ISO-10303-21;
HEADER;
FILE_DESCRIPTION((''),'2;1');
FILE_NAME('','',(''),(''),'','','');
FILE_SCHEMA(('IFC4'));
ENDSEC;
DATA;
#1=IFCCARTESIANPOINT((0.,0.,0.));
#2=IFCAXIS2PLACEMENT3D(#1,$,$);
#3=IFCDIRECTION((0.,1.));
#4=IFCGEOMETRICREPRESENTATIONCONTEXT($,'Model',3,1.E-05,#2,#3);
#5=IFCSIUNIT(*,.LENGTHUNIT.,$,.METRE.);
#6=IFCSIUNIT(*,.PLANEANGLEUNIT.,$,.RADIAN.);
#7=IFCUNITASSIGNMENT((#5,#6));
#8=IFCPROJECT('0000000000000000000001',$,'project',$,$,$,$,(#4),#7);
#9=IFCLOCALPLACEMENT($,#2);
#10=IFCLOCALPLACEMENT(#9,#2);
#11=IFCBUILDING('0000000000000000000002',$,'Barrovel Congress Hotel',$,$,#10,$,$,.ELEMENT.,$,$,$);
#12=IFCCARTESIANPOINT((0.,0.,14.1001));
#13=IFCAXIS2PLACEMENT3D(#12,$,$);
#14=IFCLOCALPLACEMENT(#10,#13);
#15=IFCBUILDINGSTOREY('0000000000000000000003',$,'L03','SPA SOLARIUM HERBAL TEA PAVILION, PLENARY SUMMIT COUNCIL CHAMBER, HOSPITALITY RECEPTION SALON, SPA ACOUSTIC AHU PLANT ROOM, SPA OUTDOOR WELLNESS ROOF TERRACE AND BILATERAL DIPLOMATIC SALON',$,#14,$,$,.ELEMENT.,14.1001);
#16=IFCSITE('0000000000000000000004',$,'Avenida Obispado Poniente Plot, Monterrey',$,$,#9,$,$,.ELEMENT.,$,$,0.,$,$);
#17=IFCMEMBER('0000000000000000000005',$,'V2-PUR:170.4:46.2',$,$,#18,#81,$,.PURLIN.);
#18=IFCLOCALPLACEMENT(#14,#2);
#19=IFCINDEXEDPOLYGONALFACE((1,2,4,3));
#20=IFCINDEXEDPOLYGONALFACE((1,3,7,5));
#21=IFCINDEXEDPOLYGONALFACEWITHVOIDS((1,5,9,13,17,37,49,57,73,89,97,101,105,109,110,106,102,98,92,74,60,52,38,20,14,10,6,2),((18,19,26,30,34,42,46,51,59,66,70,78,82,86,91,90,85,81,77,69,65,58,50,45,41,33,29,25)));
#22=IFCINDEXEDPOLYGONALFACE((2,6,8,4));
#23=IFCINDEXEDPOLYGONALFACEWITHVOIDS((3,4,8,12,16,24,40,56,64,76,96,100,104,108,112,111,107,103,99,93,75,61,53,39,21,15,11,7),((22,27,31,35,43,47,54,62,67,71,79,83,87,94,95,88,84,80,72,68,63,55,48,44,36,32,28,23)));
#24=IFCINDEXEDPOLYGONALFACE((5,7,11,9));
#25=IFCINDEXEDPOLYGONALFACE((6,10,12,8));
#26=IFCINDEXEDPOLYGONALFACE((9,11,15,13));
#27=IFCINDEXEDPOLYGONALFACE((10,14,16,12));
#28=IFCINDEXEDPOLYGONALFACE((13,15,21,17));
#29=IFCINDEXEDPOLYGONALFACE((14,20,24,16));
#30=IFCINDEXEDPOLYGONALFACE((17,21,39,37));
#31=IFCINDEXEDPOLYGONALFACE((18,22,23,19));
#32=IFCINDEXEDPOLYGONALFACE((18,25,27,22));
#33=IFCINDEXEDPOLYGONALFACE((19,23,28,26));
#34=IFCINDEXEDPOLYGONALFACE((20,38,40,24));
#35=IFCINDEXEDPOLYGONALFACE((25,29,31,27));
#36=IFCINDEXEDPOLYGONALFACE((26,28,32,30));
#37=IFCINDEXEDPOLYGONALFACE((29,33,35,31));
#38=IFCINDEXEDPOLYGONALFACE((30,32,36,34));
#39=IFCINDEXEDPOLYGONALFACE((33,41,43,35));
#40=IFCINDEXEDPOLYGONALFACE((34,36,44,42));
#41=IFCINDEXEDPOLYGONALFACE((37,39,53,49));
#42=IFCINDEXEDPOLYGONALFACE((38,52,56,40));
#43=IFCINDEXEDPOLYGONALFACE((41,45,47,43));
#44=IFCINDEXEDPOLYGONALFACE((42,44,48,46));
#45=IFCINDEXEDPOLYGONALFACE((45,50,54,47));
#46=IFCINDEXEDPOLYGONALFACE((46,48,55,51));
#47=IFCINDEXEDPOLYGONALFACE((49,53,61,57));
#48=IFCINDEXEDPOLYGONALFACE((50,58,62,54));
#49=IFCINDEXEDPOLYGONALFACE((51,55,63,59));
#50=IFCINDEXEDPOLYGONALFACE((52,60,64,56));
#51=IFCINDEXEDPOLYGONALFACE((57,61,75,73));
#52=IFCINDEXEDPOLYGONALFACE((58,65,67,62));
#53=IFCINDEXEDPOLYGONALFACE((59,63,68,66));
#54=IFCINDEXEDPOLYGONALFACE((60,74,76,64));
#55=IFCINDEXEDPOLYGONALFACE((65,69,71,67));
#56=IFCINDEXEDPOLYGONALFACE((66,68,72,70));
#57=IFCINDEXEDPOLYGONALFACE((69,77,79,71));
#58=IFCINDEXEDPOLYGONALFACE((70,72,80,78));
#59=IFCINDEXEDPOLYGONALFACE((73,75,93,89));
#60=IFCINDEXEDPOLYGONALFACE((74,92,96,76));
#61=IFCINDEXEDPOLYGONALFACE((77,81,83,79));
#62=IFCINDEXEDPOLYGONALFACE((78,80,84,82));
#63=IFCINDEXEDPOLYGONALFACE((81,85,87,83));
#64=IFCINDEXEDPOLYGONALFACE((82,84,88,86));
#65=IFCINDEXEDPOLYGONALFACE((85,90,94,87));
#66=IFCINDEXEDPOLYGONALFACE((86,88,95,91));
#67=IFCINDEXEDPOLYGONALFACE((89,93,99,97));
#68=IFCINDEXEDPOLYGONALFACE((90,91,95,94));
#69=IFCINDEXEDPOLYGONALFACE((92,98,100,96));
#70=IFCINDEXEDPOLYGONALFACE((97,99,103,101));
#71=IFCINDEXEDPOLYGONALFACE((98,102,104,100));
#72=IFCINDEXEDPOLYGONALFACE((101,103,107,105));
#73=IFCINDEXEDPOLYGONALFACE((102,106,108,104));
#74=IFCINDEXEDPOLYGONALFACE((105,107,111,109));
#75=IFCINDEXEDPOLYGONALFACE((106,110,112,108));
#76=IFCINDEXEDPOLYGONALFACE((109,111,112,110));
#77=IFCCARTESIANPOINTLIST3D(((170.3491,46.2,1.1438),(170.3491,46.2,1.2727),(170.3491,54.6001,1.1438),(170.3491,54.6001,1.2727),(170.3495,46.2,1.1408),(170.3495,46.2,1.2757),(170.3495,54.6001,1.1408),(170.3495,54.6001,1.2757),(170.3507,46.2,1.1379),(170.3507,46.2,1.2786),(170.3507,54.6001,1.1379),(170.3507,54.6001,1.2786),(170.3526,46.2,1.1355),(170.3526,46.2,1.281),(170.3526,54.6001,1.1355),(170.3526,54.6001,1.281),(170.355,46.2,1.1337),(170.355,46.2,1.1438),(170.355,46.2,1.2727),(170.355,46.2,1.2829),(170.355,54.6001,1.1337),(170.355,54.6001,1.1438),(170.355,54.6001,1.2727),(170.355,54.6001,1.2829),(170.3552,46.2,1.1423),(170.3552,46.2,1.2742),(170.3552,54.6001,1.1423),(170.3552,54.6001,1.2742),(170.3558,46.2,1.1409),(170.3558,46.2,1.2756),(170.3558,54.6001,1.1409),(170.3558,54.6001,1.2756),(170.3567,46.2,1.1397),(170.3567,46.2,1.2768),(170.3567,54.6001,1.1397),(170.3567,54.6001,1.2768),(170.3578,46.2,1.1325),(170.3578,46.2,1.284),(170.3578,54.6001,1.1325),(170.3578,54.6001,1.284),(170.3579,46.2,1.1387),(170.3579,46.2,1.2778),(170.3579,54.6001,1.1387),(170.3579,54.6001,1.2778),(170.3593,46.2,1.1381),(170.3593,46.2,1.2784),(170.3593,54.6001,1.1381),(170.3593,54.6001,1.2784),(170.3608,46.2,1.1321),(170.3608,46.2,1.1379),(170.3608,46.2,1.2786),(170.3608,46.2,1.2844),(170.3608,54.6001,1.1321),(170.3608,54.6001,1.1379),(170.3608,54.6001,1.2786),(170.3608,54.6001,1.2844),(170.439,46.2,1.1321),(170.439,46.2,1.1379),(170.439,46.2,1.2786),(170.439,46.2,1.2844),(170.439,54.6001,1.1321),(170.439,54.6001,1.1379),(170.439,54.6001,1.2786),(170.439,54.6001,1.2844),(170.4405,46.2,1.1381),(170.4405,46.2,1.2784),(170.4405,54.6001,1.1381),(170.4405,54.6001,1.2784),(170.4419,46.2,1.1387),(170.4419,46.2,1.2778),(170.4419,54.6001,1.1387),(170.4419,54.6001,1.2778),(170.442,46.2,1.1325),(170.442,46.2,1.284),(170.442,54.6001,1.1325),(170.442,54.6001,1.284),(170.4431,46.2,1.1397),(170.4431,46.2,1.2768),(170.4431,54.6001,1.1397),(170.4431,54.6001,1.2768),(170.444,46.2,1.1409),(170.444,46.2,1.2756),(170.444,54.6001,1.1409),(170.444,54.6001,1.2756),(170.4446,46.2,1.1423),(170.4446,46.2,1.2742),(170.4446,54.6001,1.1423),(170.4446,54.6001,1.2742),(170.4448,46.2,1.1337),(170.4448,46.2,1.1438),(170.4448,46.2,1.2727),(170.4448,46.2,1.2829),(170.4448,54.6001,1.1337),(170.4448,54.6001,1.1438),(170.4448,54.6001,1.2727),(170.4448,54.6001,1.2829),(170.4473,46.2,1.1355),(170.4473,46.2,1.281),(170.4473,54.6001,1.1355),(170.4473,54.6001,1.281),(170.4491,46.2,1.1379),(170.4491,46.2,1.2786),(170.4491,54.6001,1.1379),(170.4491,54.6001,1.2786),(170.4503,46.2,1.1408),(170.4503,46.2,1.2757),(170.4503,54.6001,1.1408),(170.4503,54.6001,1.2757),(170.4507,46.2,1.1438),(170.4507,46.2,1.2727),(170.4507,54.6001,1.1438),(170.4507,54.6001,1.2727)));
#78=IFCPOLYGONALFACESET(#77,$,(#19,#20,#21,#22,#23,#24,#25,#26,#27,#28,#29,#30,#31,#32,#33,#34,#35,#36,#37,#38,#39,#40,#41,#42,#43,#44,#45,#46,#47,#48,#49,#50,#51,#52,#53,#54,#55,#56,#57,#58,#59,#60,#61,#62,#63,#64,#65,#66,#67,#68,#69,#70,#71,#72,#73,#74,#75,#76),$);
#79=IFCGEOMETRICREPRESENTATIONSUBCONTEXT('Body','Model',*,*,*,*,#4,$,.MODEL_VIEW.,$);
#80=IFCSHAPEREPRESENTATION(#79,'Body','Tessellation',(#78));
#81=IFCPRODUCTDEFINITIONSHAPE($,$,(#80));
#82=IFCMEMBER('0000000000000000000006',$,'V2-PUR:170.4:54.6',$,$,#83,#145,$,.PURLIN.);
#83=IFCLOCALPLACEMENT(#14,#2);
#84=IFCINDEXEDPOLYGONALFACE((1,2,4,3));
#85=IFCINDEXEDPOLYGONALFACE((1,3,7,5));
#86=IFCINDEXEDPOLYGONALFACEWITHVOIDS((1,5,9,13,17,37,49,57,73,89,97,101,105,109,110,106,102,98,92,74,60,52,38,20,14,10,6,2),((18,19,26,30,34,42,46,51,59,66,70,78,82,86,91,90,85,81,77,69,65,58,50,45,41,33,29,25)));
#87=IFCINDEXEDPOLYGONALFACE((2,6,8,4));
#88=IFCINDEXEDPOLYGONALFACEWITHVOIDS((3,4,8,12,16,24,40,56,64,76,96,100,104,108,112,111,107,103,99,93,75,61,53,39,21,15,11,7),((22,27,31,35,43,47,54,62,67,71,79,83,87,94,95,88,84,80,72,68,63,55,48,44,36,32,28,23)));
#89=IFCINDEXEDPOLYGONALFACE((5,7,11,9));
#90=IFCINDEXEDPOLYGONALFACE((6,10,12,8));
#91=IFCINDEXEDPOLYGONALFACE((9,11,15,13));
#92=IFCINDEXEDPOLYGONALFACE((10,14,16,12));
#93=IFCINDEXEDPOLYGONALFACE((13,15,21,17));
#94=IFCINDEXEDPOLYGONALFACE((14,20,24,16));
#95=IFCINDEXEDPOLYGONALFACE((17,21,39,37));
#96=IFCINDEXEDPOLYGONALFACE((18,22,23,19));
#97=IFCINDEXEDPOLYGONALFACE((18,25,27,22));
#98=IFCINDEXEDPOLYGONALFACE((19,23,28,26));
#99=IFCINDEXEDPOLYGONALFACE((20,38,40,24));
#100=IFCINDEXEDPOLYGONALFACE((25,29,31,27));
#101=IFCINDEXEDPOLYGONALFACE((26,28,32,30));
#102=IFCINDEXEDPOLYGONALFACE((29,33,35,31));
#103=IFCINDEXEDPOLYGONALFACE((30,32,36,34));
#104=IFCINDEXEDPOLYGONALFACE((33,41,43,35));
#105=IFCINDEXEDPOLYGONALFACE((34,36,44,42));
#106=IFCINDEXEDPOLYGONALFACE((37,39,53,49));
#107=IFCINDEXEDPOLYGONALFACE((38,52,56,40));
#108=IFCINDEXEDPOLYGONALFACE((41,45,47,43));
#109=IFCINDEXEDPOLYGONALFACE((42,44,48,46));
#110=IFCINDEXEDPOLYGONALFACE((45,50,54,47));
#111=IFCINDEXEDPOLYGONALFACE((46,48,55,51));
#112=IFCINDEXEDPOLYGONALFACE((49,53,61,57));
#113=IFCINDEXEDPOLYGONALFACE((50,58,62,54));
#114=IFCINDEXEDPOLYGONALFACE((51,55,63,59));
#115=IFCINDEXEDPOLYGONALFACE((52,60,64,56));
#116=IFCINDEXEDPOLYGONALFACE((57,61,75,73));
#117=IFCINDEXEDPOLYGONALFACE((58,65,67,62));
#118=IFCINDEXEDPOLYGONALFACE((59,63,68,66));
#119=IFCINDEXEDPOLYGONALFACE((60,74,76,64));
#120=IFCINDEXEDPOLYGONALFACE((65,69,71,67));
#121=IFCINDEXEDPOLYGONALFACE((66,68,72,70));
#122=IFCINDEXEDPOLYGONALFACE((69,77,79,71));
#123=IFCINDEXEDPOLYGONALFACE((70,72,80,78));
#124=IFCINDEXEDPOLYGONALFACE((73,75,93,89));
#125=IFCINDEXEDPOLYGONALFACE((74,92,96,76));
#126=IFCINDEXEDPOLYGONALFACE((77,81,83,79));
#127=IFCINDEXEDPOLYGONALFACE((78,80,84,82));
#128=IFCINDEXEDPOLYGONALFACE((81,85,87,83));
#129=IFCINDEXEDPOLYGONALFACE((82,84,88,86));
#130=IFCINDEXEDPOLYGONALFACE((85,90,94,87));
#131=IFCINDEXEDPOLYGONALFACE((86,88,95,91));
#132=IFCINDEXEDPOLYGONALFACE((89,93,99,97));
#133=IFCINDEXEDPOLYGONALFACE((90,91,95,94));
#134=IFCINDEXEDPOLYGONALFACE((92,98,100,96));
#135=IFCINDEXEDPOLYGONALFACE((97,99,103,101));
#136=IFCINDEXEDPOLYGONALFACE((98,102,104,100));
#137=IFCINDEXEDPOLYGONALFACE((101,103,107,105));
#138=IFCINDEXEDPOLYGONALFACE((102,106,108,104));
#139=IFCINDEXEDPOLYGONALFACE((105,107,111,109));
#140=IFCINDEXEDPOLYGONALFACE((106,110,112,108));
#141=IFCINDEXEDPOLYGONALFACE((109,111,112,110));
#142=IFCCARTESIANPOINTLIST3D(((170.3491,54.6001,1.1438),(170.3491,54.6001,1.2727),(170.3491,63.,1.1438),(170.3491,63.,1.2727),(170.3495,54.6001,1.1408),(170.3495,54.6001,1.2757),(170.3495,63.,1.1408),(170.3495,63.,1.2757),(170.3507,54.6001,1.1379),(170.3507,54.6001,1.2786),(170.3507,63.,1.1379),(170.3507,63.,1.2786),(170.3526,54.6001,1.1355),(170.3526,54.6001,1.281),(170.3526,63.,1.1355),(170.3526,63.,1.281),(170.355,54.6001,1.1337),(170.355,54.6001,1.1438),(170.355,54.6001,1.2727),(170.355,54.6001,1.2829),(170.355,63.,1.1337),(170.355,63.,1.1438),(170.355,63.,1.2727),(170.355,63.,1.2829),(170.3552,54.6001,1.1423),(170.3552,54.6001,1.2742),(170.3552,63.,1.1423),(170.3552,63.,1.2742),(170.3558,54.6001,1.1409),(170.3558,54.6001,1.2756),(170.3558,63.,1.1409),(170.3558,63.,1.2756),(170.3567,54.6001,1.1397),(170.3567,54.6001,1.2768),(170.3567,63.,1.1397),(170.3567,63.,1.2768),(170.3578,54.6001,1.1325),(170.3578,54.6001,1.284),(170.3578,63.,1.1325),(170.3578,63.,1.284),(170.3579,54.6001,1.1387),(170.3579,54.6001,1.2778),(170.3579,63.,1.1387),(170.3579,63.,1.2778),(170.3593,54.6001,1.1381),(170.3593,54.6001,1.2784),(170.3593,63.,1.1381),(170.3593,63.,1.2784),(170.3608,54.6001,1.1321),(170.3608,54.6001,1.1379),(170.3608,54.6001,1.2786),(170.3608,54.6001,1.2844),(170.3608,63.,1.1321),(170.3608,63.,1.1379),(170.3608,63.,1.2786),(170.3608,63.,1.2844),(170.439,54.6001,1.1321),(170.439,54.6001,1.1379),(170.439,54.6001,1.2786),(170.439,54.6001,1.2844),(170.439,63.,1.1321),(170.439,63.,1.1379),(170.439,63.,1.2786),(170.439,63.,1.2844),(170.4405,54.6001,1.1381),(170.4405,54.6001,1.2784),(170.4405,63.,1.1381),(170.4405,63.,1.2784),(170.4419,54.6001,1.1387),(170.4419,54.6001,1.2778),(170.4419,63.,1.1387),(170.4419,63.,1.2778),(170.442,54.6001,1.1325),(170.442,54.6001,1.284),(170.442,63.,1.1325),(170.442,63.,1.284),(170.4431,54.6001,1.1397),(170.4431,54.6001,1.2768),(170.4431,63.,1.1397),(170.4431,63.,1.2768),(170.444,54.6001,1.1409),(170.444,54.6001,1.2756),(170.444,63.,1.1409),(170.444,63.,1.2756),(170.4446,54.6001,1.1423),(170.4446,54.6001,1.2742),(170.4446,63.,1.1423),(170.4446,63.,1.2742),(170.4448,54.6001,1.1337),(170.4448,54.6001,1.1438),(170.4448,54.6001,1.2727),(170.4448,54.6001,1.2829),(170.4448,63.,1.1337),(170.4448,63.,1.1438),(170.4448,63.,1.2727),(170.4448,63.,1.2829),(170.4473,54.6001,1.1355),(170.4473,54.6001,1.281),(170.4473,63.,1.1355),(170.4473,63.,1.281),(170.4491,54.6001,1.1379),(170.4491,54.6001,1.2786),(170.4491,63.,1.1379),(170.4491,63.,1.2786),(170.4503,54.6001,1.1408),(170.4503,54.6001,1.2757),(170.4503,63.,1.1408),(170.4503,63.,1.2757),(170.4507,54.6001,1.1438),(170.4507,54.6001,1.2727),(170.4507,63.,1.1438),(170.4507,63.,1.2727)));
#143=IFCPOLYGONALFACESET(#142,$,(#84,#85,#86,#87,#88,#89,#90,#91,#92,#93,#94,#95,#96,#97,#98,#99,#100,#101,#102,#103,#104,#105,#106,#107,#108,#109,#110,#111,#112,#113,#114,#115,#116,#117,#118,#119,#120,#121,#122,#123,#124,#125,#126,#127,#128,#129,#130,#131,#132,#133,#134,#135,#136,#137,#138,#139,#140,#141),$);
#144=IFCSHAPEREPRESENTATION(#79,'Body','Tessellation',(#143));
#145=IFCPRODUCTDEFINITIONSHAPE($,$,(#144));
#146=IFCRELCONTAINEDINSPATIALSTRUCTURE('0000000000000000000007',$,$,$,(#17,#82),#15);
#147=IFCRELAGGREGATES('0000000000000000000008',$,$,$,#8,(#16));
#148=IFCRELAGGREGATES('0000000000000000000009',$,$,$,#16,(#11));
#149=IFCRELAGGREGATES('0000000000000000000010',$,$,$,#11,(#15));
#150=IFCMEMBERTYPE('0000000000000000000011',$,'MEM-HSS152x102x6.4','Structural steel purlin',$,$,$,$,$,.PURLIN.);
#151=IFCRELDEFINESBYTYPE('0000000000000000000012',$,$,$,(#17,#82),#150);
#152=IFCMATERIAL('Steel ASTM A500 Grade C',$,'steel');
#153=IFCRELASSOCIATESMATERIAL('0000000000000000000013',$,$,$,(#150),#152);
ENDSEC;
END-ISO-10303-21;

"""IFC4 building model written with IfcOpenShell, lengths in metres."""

from ifc_helpers import new_model, si_unit, direction, frame, origin, origin_2d, place, context, subcontext, project, spatial, hollow_rectangle, extrude, material, material_profile, profile_set, type_object, element, save


model = new_model("IFC4")

# Units and contexts
model_context = context("Model", 3, precision=1e-05, world=origin(), true_north=direction((0.0, 1.0)))
body_context = subcontext(model_context, "Body", "Model", "MODEL_VIEW")
ifc_project = project(units=[si_unit("LENGTHUNIT", "METRE"), si_unit("PLANEANGLEUNIT", "RADIAN")], contexts=[model_context])

# Site, building, storey
site_placement = place(None, origin())
site = spatial("IfcSite", under=ifc_project, at=site_placement, Name="Avenida Obispado Poniente Plot, Monterrey", CompositionType="ELEMENT", RefElevation=0.0)
building_placement = place(site_placement, origin())
building = spatial("IfcBuilding", under=site, at=building_placement, Name="Barrovel Congress Hotel", CompositionType="ELEMENT")
storey_placement = place(building_placement, frame((0.0, 0.0, 14.1001)))
storey = spatial("IfcBuildingStorey", under=building, at=storey_placement, Name="L03", Description="SPA SOLARIUM HERBAL TEA PAVILION, PLENARY SUMMIT COUNCIL CHAMBER, HOSPITALITY RECEPTION SALON, SPA ACOUSTIC AHU PLANT ROOM, SPA OUTDOOR WELLNESS ROOF TERRACE AND BILATERAL DIPLOMATIC SALON", CompositionType="ELEMENT", Elevation=14.1001)

# Members
ifc_material_1 = material(Name="Steel ASTM A500 Grade C", Category="steel")
ifc_material_profile_1 = material_profile(ifc_material_1, hollow_rectangle(XDim=0.1016, YDim=0.1523, WallThickness=0.0059, InnerFilletRadius=0.0059, OuterFilletRadius=0.0117, at=origin_2d()), Name="HSS152x102x6.4")
ifc_profile_set_1 = profile_set([ifc_material_profile_1], Name="Steel ASTM A500 Grade C")
member_type_1 = type_object("IfcMemberType", Name="MEM-HSS152x102x6.4", Description="Structural steel purlin", PredefinedType="PURLIN", material=ifc_profile_set_1)
member_1_placement = place(storey_placement, frame((170.3999, 46.2, 1.2083), z_axis=(0.0, 1.0, 0.0), x_axis=(-1.0, 0.0, 0.0)))
element("IfcMember", 1, at=member_1_placement, inside=storey, type_object=member_type_1, Name="V2-PUR:170.4:46.2", PredefinedType="PURLIN", context=body_context, shape_type="SweptSolid", body=[
    extrude(hollow_rectangle(XDim=0.1016, YDim=0.1523, WallThickness=0.0059, InnerFilletRadius=0.0059, OuterFilletRadius=0.0117, at=origin_2d()), origin(), (0.0, 0.0, 1.0), 8.4001),
])
member_2_placement = place(storey_placement, frame((170.3999, 54.6001, 1.2083), z_axis=(0.0, 1.0, 0.0), x_axis=(-1.0, 0.0, 0.0)))
element("IfcMember", 2, at=member_2_placement, inside=storey, type_object=member_type_1, Name="V2-PUR:170.4:54.6", PredefinedType="PURLIN", context=body_context, shape_type="SweptSolid", body=[
    extrude(hollow_rectangle(XDim=0.1016, YDim=0.1523, WallThickness=0.0059, InnerFilletRadius=0.0059, OuterFilletRadius=0.0117, at=origin_2d()), origin(), (0.0, 0.0, 1.0), 8.3999),
])

save(model, "model.ifc")
